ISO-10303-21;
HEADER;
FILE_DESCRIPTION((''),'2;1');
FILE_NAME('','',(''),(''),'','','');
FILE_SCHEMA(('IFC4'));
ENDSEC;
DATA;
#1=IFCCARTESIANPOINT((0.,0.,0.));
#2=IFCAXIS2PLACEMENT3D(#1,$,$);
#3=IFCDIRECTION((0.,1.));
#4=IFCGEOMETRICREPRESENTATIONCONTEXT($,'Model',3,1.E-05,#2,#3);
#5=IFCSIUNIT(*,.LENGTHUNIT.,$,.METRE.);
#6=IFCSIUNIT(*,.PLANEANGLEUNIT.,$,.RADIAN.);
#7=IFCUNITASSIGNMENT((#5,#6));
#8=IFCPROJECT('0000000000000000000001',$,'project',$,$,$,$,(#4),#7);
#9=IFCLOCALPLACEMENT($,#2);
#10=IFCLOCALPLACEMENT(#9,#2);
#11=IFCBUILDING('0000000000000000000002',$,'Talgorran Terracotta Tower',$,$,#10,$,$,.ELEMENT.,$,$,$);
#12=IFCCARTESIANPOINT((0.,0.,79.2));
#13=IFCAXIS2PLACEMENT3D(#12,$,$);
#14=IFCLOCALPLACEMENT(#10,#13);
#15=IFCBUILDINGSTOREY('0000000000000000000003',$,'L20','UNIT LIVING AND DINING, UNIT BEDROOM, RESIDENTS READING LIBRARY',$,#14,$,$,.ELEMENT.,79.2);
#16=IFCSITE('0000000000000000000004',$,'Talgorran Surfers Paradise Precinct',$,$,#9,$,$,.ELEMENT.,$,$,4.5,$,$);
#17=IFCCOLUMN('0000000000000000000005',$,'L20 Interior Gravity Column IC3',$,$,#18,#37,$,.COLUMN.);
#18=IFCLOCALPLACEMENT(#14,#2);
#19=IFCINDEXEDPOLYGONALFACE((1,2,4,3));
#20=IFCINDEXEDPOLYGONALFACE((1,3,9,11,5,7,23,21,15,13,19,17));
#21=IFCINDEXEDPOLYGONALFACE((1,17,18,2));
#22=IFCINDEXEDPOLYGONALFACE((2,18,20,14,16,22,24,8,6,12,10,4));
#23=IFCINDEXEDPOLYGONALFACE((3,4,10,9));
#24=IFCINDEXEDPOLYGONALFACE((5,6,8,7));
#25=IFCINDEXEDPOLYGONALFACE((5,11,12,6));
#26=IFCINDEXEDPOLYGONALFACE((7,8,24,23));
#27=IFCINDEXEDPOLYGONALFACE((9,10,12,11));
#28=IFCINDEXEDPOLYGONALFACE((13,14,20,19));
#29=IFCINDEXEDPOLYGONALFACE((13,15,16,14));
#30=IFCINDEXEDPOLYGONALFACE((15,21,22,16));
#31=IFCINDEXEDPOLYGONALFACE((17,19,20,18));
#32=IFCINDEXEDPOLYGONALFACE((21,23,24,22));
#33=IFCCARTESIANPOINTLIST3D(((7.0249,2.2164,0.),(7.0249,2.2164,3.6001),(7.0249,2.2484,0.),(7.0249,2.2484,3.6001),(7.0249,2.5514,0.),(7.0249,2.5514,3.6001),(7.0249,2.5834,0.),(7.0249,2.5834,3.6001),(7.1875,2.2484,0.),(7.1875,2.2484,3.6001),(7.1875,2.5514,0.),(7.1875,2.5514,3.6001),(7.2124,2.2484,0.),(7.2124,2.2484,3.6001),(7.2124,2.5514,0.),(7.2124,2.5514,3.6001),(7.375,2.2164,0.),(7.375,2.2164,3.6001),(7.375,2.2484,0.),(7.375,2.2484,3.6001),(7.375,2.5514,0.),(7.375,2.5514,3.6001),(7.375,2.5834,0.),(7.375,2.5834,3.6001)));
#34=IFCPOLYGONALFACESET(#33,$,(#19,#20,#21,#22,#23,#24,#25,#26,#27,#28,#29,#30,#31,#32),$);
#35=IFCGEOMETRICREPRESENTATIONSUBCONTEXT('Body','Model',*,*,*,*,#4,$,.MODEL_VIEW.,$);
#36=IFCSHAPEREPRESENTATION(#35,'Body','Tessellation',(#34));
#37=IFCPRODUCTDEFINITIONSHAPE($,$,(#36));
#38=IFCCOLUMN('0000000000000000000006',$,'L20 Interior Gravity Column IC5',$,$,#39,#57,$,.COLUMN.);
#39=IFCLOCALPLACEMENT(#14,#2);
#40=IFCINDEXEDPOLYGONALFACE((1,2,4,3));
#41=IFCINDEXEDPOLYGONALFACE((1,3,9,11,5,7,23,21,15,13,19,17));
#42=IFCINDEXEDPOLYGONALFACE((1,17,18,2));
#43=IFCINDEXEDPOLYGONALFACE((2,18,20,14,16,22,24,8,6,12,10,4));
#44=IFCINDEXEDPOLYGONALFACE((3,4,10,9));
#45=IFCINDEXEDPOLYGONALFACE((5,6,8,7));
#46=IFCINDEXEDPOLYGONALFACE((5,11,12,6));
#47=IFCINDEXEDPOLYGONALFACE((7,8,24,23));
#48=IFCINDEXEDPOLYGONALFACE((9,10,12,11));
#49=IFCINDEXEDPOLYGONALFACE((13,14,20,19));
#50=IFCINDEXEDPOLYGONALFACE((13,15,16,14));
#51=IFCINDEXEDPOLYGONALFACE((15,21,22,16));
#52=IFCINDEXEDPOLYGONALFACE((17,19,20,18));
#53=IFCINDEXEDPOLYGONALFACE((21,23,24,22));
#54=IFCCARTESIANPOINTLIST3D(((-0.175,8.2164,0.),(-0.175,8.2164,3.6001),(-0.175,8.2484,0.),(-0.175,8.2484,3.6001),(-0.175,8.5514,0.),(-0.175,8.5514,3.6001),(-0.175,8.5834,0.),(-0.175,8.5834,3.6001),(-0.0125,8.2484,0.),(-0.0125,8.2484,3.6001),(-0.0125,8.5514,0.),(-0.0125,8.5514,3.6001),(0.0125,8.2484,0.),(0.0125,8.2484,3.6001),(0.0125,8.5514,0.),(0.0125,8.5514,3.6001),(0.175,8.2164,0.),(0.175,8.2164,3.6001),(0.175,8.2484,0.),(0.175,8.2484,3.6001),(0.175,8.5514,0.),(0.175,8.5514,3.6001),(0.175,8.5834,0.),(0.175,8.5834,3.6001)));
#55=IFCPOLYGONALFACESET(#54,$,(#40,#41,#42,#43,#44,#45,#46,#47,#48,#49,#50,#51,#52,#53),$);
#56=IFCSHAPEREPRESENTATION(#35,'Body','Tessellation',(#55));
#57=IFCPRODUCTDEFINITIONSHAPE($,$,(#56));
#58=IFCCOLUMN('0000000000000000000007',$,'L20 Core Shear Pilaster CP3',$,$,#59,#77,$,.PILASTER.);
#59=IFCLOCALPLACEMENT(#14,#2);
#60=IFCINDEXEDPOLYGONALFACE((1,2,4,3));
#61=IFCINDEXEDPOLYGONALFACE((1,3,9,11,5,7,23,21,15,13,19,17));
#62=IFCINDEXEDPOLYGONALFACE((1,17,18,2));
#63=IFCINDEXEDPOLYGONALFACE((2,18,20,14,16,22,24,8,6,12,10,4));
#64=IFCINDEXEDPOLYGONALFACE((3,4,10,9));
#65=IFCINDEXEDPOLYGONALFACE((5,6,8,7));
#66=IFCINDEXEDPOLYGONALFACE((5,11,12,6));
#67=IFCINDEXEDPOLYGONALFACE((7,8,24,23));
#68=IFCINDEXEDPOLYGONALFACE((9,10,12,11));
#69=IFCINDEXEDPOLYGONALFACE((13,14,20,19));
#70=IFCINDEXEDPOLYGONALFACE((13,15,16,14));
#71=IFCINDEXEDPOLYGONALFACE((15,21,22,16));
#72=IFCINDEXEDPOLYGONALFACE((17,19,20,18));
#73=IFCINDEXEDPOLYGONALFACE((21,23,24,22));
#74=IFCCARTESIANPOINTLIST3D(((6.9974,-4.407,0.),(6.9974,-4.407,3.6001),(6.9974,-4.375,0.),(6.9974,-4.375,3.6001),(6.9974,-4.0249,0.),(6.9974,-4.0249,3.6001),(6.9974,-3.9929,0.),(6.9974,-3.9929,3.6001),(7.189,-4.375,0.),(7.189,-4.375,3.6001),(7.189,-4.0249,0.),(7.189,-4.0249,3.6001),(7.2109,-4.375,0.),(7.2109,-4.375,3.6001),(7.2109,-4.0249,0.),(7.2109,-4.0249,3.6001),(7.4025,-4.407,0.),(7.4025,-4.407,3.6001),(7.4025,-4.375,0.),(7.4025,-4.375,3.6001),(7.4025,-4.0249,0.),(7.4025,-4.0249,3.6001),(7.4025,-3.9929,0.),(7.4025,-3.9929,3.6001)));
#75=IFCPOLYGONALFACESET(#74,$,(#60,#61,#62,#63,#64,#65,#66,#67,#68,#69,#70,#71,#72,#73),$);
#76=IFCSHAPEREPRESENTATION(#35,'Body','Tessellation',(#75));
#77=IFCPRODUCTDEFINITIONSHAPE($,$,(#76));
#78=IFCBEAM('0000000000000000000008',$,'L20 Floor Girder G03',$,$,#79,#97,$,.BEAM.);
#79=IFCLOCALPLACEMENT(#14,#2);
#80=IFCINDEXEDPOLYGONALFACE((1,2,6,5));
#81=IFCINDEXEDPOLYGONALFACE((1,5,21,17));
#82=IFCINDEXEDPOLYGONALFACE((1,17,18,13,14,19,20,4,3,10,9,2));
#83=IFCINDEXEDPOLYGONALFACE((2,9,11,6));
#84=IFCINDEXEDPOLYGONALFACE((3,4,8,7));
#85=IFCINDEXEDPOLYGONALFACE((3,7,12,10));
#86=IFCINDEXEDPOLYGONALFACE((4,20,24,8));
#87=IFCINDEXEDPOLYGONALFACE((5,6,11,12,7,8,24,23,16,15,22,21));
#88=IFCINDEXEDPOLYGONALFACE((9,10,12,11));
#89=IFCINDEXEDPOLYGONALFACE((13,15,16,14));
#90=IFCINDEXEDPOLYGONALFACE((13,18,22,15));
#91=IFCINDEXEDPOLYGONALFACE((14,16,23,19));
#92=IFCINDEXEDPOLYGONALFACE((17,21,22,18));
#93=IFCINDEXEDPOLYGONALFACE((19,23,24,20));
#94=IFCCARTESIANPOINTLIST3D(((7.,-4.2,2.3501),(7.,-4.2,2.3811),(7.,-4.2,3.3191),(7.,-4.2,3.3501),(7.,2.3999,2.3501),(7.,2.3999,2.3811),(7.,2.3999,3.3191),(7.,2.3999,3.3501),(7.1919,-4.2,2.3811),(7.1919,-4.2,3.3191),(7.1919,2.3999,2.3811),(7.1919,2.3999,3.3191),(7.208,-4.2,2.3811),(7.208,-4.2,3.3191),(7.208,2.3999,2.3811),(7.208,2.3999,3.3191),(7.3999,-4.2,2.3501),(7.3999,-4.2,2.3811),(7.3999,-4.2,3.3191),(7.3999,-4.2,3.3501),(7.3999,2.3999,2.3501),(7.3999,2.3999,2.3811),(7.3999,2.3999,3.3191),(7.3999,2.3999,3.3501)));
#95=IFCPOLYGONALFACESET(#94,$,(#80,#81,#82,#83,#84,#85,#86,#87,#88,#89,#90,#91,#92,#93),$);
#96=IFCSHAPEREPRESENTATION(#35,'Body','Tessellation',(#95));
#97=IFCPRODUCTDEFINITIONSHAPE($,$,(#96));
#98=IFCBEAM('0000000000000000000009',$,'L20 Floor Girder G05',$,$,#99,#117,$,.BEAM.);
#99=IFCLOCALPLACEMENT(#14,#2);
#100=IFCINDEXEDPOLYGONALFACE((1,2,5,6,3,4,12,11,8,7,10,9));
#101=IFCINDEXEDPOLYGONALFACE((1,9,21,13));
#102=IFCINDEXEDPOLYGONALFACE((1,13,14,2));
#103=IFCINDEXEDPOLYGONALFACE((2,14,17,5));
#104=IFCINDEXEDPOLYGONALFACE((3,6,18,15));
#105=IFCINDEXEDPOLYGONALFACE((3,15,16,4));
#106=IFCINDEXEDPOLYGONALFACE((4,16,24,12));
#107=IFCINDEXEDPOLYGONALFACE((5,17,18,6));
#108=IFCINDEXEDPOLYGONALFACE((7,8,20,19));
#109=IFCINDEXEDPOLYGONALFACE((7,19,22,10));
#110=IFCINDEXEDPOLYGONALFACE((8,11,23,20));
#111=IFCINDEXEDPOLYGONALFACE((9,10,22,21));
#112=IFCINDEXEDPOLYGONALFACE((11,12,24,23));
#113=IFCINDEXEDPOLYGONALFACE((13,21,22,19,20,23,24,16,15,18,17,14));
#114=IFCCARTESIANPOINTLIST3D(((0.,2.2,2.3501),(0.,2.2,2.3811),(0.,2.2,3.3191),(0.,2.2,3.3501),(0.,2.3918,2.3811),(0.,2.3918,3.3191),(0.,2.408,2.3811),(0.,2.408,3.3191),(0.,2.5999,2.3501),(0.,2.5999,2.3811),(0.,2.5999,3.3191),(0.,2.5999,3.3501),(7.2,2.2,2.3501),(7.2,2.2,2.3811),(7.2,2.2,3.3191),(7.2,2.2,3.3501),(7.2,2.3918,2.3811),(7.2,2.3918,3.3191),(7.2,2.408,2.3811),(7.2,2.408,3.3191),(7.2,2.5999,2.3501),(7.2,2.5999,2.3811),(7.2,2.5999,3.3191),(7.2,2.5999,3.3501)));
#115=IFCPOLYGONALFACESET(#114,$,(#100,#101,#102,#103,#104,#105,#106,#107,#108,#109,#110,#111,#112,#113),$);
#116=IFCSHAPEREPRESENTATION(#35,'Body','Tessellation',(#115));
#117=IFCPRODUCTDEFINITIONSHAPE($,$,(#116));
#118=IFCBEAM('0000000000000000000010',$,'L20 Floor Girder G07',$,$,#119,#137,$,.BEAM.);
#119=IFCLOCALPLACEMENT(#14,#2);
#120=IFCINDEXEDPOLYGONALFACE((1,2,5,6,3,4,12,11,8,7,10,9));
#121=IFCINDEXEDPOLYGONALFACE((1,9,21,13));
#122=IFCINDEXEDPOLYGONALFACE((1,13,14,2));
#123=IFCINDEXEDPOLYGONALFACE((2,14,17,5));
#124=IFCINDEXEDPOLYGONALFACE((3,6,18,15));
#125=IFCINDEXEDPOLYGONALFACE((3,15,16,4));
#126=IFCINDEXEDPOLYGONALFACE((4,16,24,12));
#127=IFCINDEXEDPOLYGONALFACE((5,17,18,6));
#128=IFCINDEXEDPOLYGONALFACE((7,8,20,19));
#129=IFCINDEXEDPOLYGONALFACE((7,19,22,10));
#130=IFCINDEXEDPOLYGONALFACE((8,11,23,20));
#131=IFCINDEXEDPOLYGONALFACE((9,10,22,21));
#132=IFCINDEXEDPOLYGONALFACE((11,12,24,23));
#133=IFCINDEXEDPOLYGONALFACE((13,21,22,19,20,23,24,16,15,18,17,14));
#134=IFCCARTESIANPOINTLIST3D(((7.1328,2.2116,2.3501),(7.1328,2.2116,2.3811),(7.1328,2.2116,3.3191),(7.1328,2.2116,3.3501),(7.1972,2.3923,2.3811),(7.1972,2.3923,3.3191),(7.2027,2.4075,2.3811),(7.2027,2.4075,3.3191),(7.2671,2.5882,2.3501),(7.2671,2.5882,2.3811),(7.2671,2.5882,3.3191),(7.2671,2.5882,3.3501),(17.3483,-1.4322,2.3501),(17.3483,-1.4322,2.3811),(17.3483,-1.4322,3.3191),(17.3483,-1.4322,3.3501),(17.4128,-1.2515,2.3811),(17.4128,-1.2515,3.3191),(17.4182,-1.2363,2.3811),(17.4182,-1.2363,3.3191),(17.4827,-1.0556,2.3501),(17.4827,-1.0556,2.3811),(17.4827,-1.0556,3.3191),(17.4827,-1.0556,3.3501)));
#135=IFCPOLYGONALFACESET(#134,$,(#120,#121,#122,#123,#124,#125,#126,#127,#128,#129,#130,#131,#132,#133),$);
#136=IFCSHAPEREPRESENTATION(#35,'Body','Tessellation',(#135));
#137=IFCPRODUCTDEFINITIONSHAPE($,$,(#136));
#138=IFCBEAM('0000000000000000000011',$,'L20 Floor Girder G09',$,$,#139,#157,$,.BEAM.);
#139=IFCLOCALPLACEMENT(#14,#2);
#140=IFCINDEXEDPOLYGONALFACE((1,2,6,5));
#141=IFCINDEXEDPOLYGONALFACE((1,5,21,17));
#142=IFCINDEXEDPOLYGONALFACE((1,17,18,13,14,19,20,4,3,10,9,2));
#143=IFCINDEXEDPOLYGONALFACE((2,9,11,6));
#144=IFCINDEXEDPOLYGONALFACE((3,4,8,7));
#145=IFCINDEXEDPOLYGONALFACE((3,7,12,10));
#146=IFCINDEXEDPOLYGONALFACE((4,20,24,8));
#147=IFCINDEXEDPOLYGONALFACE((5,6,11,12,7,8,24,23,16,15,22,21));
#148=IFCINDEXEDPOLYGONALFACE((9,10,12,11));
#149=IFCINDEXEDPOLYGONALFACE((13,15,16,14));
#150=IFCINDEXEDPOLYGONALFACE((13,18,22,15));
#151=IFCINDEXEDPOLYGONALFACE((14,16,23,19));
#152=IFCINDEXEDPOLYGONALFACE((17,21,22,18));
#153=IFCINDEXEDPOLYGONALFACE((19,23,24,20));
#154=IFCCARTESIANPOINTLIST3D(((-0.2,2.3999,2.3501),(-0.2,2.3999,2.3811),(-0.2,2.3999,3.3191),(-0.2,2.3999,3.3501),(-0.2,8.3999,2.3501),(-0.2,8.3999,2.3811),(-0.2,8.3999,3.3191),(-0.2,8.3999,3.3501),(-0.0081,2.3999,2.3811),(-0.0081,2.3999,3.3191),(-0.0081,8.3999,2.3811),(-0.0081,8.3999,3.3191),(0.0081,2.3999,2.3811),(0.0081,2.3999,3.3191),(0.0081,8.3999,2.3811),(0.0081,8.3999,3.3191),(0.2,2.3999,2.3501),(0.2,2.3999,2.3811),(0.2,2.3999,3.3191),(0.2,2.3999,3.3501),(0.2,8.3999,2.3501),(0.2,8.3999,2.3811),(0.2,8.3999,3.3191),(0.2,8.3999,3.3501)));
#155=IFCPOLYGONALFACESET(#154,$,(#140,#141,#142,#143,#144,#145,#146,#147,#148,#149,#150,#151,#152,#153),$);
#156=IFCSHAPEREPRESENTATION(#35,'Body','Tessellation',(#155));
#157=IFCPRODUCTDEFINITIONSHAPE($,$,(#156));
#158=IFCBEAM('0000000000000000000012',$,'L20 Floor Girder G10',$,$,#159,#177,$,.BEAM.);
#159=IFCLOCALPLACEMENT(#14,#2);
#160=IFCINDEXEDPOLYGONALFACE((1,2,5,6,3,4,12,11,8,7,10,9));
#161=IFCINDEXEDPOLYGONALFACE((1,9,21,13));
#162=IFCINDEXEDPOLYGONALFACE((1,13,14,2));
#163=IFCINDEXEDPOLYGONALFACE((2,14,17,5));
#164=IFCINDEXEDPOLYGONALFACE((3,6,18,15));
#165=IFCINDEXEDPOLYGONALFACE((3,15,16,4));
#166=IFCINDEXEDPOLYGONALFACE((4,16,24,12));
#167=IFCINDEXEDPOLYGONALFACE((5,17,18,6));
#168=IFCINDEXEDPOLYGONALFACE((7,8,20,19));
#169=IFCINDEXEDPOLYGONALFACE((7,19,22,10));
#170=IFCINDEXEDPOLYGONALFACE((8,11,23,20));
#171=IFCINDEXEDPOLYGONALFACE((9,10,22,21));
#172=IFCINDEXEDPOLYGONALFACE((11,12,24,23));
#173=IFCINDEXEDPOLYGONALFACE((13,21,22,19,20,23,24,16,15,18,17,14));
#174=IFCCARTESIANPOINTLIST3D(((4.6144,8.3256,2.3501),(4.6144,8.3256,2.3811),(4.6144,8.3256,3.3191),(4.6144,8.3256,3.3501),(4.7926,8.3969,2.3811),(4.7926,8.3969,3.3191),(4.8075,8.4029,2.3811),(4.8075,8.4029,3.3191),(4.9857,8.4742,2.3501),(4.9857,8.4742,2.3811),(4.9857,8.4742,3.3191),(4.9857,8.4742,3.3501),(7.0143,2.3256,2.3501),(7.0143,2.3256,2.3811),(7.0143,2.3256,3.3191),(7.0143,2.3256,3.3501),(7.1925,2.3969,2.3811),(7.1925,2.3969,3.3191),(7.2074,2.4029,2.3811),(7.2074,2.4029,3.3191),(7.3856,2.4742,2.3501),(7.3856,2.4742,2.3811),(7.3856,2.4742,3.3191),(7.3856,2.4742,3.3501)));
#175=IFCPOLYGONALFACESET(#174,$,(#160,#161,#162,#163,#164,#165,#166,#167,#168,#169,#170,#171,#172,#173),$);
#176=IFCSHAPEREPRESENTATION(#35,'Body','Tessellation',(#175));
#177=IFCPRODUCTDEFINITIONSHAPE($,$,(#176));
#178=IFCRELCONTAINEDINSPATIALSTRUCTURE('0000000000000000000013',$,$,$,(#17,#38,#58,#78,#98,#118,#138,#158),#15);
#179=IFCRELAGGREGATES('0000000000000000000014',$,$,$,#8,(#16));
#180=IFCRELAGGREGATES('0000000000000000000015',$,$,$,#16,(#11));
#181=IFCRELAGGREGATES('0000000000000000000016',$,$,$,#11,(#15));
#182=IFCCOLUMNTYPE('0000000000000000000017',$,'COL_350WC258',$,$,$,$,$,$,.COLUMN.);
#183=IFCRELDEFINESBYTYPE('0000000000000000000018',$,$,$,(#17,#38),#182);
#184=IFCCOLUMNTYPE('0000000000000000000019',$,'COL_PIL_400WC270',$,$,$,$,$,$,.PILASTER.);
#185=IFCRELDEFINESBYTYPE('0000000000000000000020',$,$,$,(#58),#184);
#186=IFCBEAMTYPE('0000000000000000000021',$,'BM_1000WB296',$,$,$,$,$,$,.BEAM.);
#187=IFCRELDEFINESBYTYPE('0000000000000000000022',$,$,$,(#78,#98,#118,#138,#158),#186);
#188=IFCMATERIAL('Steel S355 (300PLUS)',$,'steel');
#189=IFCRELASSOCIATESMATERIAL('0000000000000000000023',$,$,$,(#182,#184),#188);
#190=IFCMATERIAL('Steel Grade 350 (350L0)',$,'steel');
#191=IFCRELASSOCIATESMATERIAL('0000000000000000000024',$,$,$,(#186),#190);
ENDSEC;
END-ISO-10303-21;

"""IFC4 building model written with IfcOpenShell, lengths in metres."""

from ifc_helpers import new_model, si_unit, direction, frame, origin, origin_2d, place, context, subcontext, project, spatial, i_section, extrude, material, material_profile, profile_set, type_object, element, save


model = new_model("IFC4")

# Units and contexts
model_context = context("Model", 3, precision=1e-05, world=origin(), true_north=direction((0.0, 1.0)))
body_context = subcontext(model_context, "Body", "Model", "MODEL_VIEW")
ifc_project = project(units=[si_unit("LENGTHUNIT", "METRE"), si_unit("PLANEANGLEUNIT", "RADIAN")], contexts=[model_context])

# Site, building, storey
site_placement = place(None, origin())
site = spatial("IfcSite", under=ifc_project, at=site_placement, Name="Talgorran Surfers Paradise Precinct", CompositionType="ELEMENT", RefElevation=4.5)
building_placement = place(site_placement, origin())
building = spatial("IfcBuilding", under=site, at=building_placement, Name="Talgorran Terracotta Tower", CompositionType="ELEMENT")
storey_placement = place(building_placement, frame((0.0, 0.0, 79.2)))
storey = spatial("IfcBuildingStorey", under=building, at=storey_placement, Name="L20", Description="UNIT LIVING AND DINING, UNIT BEDROOM, RESIDENTS READING LIBRARY", CompositionType="ELEMENT", Elevation=79.2)

# Columns
ifc_material_1 = material(Name="Steel S355 (300PLUS)", Category="steel")
ifc_material_profile_1 = material_profile(ifc_material_1, i_section(OverallWidth=0.3501, OverallDepth=0.3669, WebThickness=0.0249, FlangeThickness=0.032, at=origin_2d()), Name="350WC258")
ifc_profile_set_1 = profile_set([ifc_material_profile_1], Name="Steel S355 (300PLUS)")
column_type_1 = type_object("IfcColumnType", Name="COL_350WC258", PredefinedType="COLUMN", material=ifc_profile_set_1)
for number, where, z_axis, x_axis, name in (
    (1, (7.2, 2.3999, 0.0), (0.0, 0.0, 1.0), (1.0, 0.0, 0.0), "L20 Interior Gravity Column IC3"),
    (2, (0.0, 8.3999, 0.0), (0.0, 0.0, 1.0), (1.0, 0.0, 0.0), "L20 Interior Gravity Column IC5"),
):
    element("IfcColumn", number, at=place(storey_placement, frame(where, z_axis=z_axis, x_axis=x_axis)), inside=storey, type_object=column_type_1, Name=name, PredefinedType="COLUMN", context=body_context, shape_type="SweptSolid", body=[
        extrude(i_section(OverallWidth=0.3501, OverallDepth=0.3669, WebThickness=0.0249, FlangeThickness=0.032, at=origin_2d()), origin(), (0.0, 0.0, 1.0), 3.6001),
    ])
ifc_material_profile_2 = material_profile(ifc_material_1, i_section(OverallWidth=0.405, OverallDepth=0.4141, WebThickness=0.022, FlangeThickness=0.032, at=origin_2d()), Name="400WC270")
ifc_profile_set_2 = profile_set([ifc_material_profile_2], Name="Steel S355 (300PLUS)")
column_type_2 = type_object("IfcColumnType", Name="COL_PIL_400WC270", PredefinedType="PILASTER", material=ifc_profile_set_2)
column_placement = place(storey_placement, frame((7.2, -4.2, 0.0), z_axis=(0.0, 0.0, 1.0), x_axis=(1.0, 0.0, 0.0)))
element("IfcColumn", 3, at=column_placement, inside=storey, type_object=column_type_2, Name="L20 Core Shear Pilaster CP3", PredefinedType="PILASTER", context=body_context, shape_type="SweptSolid", body=[
    extrude(i_section(OverallWidth=0.405, OverallDepth=0.4141, WebThickness=0.022, FlangeThickness=0.032, at=origin_2d()), origin(), (0.0, 0.0, 1.0), 3.6001),
])

# Beams
ifc_material_2 = material(Name="Steel Grade 350 (350L0)", Category="steel")
ifc_material_profile_3 = material_profile(ifc_material_2, i_section(OverallWidth=0.3999, OverallDepth=1.0, WebThickness=0.0161, FlangeThickness=0.031, at=origin_2d()), Name="1000WB296")
ifc_profile_set_3 = profile_set([ifc_material_profile_3], Name="Steel Grade 350 (350L0)")
beam_type_1 = type_object("IfcBeamType", Name="BM_1000WB296", PredefinedType="BEAM", material=ifc_profile_set_3)
beam_1_placement = place(storey_placement, frame((7.2, -4.2, 2.8501), z_axis=(0.0, 1.0, 0.0), x_axis=(-1.0, 0.0, 0.0)))
element("IfcBeam", 4, at=beam_1_placement, inside=storey, type_object=beam_type_1, Name="L20 Floor Girder G03", PredefinedType="BEAM", context=body_context, shape_type="SweptSolid", body=[
    extrude(i_section(OverallWidth=0.3999, OverallDepth=1.0, WebThickness=0.0161, FlangeThickness=0.031, at=origin_2d()), origin(), (0.0, 0.0, 1.0), 6.5999),
])
beam_2_placement = place(storey_placement, frame((0.0, 2.3999, 2.8501), z_axis=(1.0, 0.0, 0.0), x_axis=(0.0, 1.0, 0.0)))
element("IfcBeam", 5, at=beam_2_placement, inside=storey, type_object=beam_type_1, Name="L20 Floor Girder G05", PredefinedType="BEAM", context=body_context, shape_type="SweptSolid", body=[
    extrude(i_section(OverallWidth=0.3999, OverallDepth=1.0, WebThickness=0.0161, FlangeThickness=0.031, at=origin_2d()), origin(), (0.0, 0.0, 1.0), 7.2),
])
beam_3_placement = place(storey_placement, frame((7.2, 2.3999, 2.8501), z_axis=(0.941877, -0.335958, 0.0), x_axis=(0.335958, 0.941877, 0.0)))
element("IfcBeam", 6, at=beam_3_placement, inside=storey, type_object=beam_type_1, Name="L20 Floor Girder G07", PredefinedType="BEAM", context=body_context, shape_type="SweptSolid", body=[
    extrude(i_section(OverallWidth=0.3999, OverallDepth=1.0, WebThickness=0.0161, FlangeThickness=0.031, at=origin_2d()), origin(), (0.0, 0.0, 1.0), 10.8459),
])
beam_4_placement = place(storey_placement, frame((0.0, 2.3999, 2.8501), z_axis=(0.0, 1.0, 0.0), x_axis=(-1.0, 0.0, 0.0)))
element("IfcBeam", 7, at=beam_4_placement, inside=storey, type_object=beam_type_1, Name="L20 Floor Girder G09", PredefinedType="BEAM", context=body_context, shape_type="SweptSolid", body=[
    extrude(i_section(OverallWidth=0.3999, OverallDepth=1.0, WebThickness=0.0161, FlangeThickness=0.031, at=origin_2d()), origin(), (0.0, 0.0, 1.0), 6.0),
])
beam_5_placement = place(storey_placement, frame((7.2, 2.3999, 2.8501), z_axis=(-0.371378, 0.928482, 0.0), x_axis=(-0.928482, -0.371378, 0.0)))
element("IfcBeam", 8, at=beam_5_placement, inside=storey, type_object=beam_type_1, Name="L20 Floor Girder G10", PredefinedType="BEAM", context=body_context, shape_type="SweptSolid", body=[
    extrude(i_section(OverallWidth=0.3999, OverallDepth=1.0, WebThickness=0.0161, FlangeThickness=0.031, at=origin_2d()), origin(), (0.0, 0.0, 1.0), 6.4622),
])

save(model, "model.ifc")
